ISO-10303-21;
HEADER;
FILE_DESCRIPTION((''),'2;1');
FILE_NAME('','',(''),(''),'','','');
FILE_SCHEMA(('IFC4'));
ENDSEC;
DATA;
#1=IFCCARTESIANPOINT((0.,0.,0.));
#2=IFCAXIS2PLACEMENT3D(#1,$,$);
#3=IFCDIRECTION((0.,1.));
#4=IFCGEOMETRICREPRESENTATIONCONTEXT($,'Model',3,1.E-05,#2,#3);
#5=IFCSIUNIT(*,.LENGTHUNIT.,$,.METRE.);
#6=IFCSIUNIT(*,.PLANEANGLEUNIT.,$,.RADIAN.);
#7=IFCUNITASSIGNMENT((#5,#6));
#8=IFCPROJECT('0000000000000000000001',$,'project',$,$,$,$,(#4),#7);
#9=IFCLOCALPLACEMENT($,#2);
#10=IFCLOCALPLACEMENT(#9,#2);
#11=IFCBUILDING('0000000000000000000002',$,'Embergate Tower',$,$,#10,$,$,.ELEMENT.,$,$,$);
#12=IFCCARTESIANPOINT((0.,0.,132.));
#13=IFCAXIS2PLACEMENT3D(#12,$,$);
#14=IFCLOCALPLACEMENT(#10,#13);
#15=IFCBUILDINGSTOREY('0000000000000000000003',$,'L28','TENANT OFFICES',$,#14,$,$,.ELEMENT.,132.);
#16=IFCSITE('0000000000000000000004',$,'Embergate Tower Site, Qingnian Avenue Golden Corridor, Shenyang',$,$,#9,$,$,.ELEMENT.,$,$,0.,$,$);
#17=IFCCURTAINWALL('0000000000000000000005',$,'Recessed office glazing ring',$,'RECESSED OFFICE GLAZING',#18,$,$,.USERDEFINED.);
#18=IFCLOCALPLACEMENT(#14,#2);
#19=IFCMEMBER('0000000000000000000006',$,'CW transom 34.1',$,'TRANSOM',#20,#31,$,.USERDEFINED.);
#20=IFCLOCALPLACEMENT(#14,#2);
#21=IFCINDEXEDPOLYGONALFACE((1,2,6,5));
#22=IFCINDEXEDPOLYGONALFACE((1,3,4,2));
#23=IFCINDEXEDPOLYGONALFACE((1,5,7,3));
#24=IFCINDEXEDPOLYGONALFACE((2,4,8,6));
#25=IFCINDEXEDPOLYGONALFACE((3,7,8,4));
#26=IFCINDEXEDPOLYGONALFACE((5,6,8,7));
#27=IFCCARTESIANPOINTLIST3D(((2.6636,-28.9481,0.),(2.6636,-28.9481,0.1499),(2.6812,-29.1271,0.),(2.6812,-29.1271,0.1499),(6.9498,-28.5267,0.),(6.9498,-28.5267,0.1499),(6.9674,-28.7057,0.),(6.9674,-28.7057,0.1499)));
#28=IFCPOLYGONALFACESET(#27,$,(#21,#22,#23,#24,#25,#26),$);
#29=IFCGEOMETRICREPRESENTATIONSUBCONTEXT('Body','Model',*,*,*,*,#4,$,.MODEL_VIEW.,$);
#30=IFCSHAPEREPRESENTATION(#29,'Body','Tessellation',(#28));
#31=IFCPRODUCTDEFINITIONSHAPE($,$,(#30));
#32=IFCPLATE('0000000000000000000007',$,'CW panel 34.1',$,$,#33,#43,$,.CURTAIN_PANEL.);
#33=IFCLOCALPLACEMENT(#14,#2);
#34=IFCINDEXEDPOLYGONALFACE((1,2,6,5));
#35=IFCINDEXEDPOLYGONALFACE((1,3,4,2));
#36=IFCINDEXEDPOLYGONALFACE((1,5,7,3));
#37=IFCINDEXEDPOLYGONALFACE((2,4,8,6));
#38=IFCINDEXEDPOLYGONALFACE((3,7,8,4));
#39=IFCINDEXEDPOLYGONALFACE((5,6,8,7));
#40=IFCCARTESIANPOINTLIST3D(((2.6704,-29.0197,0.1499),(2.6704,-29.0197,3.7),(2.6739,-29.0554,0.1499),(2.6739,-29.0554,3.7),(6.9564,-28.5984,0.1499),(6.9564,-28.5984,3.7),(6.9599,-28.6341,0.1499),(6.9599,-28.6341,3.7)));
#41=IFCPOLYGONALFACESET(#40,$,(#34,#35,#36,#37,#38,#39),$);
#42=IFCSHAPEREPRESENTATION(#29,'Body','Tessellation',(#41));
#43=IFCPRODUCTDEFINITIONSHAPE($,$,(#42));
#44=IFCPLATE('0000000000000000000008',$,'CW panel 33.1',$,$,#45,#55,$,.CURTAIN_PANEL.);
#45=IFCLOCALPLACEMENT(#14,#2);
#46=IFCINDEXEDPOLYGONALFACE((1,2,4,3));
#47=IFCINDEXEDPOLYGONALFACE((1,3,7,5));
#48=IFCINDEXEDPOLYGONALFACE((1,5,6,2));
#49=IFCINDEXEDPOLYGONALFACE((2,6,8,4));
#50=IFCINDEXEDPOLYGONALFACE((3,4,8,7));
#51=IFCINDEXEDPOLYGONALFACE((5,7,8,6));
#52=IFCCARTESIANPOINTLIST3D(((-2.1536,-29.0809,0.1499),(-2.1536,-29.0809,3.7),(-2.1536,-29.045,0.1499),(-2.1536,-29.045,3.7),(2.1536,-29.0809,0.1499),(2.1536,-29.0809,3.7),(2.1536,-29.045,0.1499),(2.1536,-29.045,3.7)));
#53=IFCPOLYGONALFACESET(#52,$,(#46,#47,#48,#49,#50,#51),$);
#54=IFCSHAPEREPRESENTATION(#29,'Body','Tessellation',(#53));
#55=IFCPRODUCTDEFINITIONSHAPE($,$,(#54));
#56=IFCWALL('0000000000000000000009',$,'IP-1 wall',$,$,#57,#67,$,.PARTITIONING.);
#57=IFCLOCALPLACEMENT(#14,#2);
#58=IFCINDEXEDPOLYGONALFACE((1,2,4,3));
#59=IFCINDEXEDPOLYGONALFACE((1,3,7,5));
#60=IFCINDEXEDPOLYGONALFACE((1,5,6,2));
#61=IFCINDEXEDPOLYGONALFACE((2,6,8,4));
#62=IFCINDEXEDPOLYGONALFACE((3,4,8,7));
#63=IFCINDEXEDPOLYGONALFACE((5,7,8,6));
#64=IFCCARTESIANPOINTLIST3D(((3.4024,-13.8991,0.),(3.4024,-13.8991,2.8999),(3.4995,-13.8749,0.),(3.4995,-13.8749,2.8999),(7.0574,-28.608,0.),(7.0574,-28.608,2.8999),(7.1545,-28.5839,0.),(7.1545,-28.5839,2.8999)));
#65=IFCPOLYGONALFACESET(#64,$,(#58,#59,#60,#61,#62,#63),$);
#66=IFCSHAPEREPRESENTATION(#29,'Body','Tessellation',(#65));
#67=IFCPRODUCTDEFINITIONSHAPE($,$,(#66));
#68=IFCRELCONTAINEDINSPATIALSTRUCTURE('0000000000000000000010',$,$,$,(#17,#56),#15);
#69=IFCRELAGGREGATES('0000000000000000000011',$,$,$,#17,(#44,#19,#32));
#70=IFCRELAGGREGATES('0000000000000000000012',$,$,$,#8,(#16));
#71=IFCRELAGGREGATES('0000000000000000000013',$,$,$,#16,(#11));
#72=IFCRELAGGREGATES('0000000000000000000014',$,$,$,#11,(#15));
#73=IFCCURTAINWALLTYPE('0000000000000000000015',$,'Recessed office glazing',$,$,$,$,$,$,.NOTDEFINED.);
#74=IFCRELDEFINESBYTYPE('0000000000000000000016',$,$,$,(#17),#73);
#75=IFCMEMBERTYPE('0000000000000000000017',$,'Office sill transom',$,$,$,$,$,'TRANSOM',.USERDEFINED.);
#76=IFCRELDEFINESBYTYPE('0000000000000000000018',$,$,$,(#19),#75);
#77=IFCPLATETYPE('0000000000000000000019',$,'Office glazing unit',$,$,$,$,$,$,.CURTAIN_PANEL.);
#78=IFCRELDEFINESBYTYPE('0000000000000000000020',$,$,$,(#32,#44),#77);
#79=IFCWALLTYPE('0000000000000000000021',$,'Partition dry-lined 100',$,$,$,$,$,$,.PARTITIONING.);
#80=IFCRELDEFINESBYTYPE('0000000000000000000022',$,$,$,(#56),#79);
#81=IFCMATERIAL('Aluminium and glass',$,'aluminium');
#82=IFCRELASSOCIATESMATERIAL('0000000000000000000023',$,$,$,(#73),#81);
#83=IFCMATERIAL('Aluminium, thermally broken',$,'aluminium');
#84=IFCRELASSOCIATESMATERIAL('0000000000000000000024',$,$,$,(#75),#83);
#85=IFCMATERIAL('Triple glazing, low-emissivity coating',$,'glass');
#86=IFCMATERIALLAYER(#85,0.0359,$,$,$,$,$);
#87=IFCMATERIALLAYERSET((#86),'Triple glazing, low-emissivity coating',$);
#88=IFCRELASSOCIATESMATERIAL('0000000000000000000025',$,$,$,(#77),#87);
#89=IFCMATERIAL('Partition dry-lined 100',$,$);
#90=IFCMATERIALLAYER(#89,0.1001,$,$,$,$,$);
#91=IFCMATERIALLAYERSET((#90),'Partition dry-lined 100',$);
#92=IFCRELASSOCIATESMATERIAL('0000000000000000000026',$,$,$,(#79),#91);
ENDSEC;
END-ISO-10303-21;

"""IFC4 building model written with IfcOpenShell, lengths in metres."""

from ifc_helpers import new_model, si_unit, direction, frame, frame_2d, origin, origin_2d, place, context, subcontext, project, spatial, rectangle, extrude, source, transform, mapped, material, layer, layer_set, material_profile, profile_set, type_object, element, aggregate, save


model = new_model("IFC4")

# Units and contexts
model_context = context("Model", 3, precision=1e-05, world=origin(), true_north=direction((0.0, 1.0)))
body_context = subcontext(model_context, "Body", "Model", "MODEL_VIEW")
ifc_project = project(units=[si_unit("LENGTHUNIT", "METRE"), si_unit("PLANEANGLEUNIT", "RADIAN")], contexts=[model_context])

# Site, building, storey
site_placement = place(None, origin())
site = spatial("IfcSite", under=ifc_project, at=site_placement, Name="Embergate Tower Site, Qingnian Avenue Golden Corridor, Shenyang", CompositionType="ELEMENT", RefElevation=0.0)
building_placement = place(site_placement, origin())
building = spatial("IfcBuilding", under=site, at=building_placement, Name="Embergate Tower", CompositionType="ELEMENT")
storey_placement = place(building_placement, frame((0.0, 0.0, 132.0)))
storey = spatial("IfcBuildingStorey", under=building, at=storey_placement, Name="L28", Description="TENANT OFFICES", CompositionType="ELEMENT", Elevation=132.0)

# Curtain wall, member, plates
ifc_material_1 = material(Name="Aluminium and glass", Category="aluminium")
curtain_wall_type = type_object("IfcCurtainWallType", Name="Recessed office glazing", PredefinedType="NOTDEFINED", material=ifc_material_1)
curtain_wall_placement = place(storey_placement, origin())
curtain_wall = element("IfcCurtainWall", 1, at=curtain_wall_placement, inside=storey, type_object=curtain_wall_type, Name="Recessed office glazing ring", ObjectType="RECESSED OFFICE GLAZING", PredefinedType="USERDEFINED")
ifc_material_2 = material(Name="Aluminium, thermally broken", Category="aluminium")
ifc_material_profile_1 = material_profile(ifc_material_2, rectangle(XDim=0.1799, YDim=0.1499, at=origin_2d()), Name="AL 150x180")
ifc_profile_set_1 = profile_set([ifc_material_profile_1], Name="Aluminium, thermally broken")
member_type_1 = type_object("IfcMemberType", Name="Office sill transom", ElementType="TRANSOM", PredefinedType="USERDEFINED", material=ifc_profile_set_1)
shared_shape_1 = source(origin(), body_context, "Body", "SweptSolid", [
    extrude(rectangle(XDim=0.1799, YDim=0.1499, at=origin_2d()), origin(), (0.0, 0.0, 1.0), 4.3069),
])
member_1_placement = place(storey_placement, frame((2.6724, -29.0376, 0.075), z_axis=(0.995202, 0.097842, 0.0), x_axis=(-0.097842, 0.995202, 0.0)))
member_1 = element("IfcMember", 2, at=member_1_placement, type_object=member_type_1, Name="CW transom 34.1", ObjectType="TRANSOM", PredefinedType="USERDEFINED", context=body_context, shape_type="MappedRepresentation", body=[
    mapped(shared_shape_1, transform((0.0, 0.0, 0.0))),
])
ifc_material_3 = material(Name="Triple glazing, low-emissivity coating", Category="glass")
ifc_layer_1 = layer(ifc_material_3, 0.0359)
ifc_layer_set_1 = layer_set([ifc_layer_1], Name="Triple glazing, low-emissivity coating")
plate_type = type_object("IfcPlateType", Name="Office glazing unit", PredefinedType="CURTAIN_PANEL", material=ifc_layer_set_1)
shared_shape_2 = source(origin(), body_context, "Body", "SweptSolid", [
    extrude(rectangle(XDim=4.3066, YDim=0.0359, at=origin_2d()), origin(), (0.0, 0.0, 1.0), 3.55),
])
plate_1_placement = place(storey_placement, frame((4.8152, -28.8269, 0.1499), z_axis=(0.0, 0.0, 1.0), x_axis=(0.995203, 0.097828, 0.0)))
plate_1 = element("IfcPlate", 3, at=plate_1_placement, type_object=plate_type, Name="CW panel 34.1", PredefinedType="CURTAIN_PANEL", context=body_context, shape_type="MappedRepresentation", body=[
    mapped(shared_shape_2, transform((0.0, 0.0, 0.0))),
])
shared_shape_3 = source(origin(), body_context, "Body", "SweptSolid", [
    extrude(rectangle(XDim=4.3071, YDim=0.0359, at=origin_2d()), origin(), (0.0, 0.0, 1.0), 3.55),
])
plate_2_placement = place(storey_placement, frame((0.0, -29.063, 0.1499), z_axis=(0.0, 0.0, 1.0), x_axis=(1.0, 0.0, 0.0)))
plate_2 = element("IfcPlate", 4, at=plate_2_placement, type_object=plate_type, Name="CW panel 33.1", PredefinedType="CURTAIN_PANEL", context=body_context, shape_type="MappedRepresentation", body=[
    mapped(shared_shape_3, transform((0.0, 0.0, 0.0))),
])
aggregate(curtain_wall, [plate_2, member_1, plate_1])

# Wall
ifc_material_4 = material(Name="Partition dry-lined 100")
ifc_layer_2 = layer(ifc_material_4, 0.1001)
ifc_layer_set_2 = layer_set([ifc_layer_2], Name="Partition dry-lined 100")
wall_type = type_object("IfcWallType", Name="Partition dry-lined 100", PredefinedType="PARTITIONING", material=ifc_layer_set_2)
shared_shape_4 = source(origin(), body_context, "Body", "SweptSolid", [
    extrude(rectangle(XDim=15.1562, YDim=0.1001, at=frame_2d((7.5781, 0.0))), origin(), (0.0, 0.0, 1.0), 2.8999),
])
wall_placement = place(storey_placement, frame((7.106, -28.5959, 0.0), z_axis=(0.0, 0.0, 1.0), x_axis=(-0.241156, 0.970486, 0.0)))
element("IfcWall", 5, at=wall_placement, inside=storey, type_object=wall_type, Name="IP-1 wall", PredefinedType="PARTITIONING", context=body_context, shape_type="MappedRepresentation", body=[
    mapped(shared_shape_4, transform((0.0, 0.0, 0.0))),
])

save(model, "model.ifc")
